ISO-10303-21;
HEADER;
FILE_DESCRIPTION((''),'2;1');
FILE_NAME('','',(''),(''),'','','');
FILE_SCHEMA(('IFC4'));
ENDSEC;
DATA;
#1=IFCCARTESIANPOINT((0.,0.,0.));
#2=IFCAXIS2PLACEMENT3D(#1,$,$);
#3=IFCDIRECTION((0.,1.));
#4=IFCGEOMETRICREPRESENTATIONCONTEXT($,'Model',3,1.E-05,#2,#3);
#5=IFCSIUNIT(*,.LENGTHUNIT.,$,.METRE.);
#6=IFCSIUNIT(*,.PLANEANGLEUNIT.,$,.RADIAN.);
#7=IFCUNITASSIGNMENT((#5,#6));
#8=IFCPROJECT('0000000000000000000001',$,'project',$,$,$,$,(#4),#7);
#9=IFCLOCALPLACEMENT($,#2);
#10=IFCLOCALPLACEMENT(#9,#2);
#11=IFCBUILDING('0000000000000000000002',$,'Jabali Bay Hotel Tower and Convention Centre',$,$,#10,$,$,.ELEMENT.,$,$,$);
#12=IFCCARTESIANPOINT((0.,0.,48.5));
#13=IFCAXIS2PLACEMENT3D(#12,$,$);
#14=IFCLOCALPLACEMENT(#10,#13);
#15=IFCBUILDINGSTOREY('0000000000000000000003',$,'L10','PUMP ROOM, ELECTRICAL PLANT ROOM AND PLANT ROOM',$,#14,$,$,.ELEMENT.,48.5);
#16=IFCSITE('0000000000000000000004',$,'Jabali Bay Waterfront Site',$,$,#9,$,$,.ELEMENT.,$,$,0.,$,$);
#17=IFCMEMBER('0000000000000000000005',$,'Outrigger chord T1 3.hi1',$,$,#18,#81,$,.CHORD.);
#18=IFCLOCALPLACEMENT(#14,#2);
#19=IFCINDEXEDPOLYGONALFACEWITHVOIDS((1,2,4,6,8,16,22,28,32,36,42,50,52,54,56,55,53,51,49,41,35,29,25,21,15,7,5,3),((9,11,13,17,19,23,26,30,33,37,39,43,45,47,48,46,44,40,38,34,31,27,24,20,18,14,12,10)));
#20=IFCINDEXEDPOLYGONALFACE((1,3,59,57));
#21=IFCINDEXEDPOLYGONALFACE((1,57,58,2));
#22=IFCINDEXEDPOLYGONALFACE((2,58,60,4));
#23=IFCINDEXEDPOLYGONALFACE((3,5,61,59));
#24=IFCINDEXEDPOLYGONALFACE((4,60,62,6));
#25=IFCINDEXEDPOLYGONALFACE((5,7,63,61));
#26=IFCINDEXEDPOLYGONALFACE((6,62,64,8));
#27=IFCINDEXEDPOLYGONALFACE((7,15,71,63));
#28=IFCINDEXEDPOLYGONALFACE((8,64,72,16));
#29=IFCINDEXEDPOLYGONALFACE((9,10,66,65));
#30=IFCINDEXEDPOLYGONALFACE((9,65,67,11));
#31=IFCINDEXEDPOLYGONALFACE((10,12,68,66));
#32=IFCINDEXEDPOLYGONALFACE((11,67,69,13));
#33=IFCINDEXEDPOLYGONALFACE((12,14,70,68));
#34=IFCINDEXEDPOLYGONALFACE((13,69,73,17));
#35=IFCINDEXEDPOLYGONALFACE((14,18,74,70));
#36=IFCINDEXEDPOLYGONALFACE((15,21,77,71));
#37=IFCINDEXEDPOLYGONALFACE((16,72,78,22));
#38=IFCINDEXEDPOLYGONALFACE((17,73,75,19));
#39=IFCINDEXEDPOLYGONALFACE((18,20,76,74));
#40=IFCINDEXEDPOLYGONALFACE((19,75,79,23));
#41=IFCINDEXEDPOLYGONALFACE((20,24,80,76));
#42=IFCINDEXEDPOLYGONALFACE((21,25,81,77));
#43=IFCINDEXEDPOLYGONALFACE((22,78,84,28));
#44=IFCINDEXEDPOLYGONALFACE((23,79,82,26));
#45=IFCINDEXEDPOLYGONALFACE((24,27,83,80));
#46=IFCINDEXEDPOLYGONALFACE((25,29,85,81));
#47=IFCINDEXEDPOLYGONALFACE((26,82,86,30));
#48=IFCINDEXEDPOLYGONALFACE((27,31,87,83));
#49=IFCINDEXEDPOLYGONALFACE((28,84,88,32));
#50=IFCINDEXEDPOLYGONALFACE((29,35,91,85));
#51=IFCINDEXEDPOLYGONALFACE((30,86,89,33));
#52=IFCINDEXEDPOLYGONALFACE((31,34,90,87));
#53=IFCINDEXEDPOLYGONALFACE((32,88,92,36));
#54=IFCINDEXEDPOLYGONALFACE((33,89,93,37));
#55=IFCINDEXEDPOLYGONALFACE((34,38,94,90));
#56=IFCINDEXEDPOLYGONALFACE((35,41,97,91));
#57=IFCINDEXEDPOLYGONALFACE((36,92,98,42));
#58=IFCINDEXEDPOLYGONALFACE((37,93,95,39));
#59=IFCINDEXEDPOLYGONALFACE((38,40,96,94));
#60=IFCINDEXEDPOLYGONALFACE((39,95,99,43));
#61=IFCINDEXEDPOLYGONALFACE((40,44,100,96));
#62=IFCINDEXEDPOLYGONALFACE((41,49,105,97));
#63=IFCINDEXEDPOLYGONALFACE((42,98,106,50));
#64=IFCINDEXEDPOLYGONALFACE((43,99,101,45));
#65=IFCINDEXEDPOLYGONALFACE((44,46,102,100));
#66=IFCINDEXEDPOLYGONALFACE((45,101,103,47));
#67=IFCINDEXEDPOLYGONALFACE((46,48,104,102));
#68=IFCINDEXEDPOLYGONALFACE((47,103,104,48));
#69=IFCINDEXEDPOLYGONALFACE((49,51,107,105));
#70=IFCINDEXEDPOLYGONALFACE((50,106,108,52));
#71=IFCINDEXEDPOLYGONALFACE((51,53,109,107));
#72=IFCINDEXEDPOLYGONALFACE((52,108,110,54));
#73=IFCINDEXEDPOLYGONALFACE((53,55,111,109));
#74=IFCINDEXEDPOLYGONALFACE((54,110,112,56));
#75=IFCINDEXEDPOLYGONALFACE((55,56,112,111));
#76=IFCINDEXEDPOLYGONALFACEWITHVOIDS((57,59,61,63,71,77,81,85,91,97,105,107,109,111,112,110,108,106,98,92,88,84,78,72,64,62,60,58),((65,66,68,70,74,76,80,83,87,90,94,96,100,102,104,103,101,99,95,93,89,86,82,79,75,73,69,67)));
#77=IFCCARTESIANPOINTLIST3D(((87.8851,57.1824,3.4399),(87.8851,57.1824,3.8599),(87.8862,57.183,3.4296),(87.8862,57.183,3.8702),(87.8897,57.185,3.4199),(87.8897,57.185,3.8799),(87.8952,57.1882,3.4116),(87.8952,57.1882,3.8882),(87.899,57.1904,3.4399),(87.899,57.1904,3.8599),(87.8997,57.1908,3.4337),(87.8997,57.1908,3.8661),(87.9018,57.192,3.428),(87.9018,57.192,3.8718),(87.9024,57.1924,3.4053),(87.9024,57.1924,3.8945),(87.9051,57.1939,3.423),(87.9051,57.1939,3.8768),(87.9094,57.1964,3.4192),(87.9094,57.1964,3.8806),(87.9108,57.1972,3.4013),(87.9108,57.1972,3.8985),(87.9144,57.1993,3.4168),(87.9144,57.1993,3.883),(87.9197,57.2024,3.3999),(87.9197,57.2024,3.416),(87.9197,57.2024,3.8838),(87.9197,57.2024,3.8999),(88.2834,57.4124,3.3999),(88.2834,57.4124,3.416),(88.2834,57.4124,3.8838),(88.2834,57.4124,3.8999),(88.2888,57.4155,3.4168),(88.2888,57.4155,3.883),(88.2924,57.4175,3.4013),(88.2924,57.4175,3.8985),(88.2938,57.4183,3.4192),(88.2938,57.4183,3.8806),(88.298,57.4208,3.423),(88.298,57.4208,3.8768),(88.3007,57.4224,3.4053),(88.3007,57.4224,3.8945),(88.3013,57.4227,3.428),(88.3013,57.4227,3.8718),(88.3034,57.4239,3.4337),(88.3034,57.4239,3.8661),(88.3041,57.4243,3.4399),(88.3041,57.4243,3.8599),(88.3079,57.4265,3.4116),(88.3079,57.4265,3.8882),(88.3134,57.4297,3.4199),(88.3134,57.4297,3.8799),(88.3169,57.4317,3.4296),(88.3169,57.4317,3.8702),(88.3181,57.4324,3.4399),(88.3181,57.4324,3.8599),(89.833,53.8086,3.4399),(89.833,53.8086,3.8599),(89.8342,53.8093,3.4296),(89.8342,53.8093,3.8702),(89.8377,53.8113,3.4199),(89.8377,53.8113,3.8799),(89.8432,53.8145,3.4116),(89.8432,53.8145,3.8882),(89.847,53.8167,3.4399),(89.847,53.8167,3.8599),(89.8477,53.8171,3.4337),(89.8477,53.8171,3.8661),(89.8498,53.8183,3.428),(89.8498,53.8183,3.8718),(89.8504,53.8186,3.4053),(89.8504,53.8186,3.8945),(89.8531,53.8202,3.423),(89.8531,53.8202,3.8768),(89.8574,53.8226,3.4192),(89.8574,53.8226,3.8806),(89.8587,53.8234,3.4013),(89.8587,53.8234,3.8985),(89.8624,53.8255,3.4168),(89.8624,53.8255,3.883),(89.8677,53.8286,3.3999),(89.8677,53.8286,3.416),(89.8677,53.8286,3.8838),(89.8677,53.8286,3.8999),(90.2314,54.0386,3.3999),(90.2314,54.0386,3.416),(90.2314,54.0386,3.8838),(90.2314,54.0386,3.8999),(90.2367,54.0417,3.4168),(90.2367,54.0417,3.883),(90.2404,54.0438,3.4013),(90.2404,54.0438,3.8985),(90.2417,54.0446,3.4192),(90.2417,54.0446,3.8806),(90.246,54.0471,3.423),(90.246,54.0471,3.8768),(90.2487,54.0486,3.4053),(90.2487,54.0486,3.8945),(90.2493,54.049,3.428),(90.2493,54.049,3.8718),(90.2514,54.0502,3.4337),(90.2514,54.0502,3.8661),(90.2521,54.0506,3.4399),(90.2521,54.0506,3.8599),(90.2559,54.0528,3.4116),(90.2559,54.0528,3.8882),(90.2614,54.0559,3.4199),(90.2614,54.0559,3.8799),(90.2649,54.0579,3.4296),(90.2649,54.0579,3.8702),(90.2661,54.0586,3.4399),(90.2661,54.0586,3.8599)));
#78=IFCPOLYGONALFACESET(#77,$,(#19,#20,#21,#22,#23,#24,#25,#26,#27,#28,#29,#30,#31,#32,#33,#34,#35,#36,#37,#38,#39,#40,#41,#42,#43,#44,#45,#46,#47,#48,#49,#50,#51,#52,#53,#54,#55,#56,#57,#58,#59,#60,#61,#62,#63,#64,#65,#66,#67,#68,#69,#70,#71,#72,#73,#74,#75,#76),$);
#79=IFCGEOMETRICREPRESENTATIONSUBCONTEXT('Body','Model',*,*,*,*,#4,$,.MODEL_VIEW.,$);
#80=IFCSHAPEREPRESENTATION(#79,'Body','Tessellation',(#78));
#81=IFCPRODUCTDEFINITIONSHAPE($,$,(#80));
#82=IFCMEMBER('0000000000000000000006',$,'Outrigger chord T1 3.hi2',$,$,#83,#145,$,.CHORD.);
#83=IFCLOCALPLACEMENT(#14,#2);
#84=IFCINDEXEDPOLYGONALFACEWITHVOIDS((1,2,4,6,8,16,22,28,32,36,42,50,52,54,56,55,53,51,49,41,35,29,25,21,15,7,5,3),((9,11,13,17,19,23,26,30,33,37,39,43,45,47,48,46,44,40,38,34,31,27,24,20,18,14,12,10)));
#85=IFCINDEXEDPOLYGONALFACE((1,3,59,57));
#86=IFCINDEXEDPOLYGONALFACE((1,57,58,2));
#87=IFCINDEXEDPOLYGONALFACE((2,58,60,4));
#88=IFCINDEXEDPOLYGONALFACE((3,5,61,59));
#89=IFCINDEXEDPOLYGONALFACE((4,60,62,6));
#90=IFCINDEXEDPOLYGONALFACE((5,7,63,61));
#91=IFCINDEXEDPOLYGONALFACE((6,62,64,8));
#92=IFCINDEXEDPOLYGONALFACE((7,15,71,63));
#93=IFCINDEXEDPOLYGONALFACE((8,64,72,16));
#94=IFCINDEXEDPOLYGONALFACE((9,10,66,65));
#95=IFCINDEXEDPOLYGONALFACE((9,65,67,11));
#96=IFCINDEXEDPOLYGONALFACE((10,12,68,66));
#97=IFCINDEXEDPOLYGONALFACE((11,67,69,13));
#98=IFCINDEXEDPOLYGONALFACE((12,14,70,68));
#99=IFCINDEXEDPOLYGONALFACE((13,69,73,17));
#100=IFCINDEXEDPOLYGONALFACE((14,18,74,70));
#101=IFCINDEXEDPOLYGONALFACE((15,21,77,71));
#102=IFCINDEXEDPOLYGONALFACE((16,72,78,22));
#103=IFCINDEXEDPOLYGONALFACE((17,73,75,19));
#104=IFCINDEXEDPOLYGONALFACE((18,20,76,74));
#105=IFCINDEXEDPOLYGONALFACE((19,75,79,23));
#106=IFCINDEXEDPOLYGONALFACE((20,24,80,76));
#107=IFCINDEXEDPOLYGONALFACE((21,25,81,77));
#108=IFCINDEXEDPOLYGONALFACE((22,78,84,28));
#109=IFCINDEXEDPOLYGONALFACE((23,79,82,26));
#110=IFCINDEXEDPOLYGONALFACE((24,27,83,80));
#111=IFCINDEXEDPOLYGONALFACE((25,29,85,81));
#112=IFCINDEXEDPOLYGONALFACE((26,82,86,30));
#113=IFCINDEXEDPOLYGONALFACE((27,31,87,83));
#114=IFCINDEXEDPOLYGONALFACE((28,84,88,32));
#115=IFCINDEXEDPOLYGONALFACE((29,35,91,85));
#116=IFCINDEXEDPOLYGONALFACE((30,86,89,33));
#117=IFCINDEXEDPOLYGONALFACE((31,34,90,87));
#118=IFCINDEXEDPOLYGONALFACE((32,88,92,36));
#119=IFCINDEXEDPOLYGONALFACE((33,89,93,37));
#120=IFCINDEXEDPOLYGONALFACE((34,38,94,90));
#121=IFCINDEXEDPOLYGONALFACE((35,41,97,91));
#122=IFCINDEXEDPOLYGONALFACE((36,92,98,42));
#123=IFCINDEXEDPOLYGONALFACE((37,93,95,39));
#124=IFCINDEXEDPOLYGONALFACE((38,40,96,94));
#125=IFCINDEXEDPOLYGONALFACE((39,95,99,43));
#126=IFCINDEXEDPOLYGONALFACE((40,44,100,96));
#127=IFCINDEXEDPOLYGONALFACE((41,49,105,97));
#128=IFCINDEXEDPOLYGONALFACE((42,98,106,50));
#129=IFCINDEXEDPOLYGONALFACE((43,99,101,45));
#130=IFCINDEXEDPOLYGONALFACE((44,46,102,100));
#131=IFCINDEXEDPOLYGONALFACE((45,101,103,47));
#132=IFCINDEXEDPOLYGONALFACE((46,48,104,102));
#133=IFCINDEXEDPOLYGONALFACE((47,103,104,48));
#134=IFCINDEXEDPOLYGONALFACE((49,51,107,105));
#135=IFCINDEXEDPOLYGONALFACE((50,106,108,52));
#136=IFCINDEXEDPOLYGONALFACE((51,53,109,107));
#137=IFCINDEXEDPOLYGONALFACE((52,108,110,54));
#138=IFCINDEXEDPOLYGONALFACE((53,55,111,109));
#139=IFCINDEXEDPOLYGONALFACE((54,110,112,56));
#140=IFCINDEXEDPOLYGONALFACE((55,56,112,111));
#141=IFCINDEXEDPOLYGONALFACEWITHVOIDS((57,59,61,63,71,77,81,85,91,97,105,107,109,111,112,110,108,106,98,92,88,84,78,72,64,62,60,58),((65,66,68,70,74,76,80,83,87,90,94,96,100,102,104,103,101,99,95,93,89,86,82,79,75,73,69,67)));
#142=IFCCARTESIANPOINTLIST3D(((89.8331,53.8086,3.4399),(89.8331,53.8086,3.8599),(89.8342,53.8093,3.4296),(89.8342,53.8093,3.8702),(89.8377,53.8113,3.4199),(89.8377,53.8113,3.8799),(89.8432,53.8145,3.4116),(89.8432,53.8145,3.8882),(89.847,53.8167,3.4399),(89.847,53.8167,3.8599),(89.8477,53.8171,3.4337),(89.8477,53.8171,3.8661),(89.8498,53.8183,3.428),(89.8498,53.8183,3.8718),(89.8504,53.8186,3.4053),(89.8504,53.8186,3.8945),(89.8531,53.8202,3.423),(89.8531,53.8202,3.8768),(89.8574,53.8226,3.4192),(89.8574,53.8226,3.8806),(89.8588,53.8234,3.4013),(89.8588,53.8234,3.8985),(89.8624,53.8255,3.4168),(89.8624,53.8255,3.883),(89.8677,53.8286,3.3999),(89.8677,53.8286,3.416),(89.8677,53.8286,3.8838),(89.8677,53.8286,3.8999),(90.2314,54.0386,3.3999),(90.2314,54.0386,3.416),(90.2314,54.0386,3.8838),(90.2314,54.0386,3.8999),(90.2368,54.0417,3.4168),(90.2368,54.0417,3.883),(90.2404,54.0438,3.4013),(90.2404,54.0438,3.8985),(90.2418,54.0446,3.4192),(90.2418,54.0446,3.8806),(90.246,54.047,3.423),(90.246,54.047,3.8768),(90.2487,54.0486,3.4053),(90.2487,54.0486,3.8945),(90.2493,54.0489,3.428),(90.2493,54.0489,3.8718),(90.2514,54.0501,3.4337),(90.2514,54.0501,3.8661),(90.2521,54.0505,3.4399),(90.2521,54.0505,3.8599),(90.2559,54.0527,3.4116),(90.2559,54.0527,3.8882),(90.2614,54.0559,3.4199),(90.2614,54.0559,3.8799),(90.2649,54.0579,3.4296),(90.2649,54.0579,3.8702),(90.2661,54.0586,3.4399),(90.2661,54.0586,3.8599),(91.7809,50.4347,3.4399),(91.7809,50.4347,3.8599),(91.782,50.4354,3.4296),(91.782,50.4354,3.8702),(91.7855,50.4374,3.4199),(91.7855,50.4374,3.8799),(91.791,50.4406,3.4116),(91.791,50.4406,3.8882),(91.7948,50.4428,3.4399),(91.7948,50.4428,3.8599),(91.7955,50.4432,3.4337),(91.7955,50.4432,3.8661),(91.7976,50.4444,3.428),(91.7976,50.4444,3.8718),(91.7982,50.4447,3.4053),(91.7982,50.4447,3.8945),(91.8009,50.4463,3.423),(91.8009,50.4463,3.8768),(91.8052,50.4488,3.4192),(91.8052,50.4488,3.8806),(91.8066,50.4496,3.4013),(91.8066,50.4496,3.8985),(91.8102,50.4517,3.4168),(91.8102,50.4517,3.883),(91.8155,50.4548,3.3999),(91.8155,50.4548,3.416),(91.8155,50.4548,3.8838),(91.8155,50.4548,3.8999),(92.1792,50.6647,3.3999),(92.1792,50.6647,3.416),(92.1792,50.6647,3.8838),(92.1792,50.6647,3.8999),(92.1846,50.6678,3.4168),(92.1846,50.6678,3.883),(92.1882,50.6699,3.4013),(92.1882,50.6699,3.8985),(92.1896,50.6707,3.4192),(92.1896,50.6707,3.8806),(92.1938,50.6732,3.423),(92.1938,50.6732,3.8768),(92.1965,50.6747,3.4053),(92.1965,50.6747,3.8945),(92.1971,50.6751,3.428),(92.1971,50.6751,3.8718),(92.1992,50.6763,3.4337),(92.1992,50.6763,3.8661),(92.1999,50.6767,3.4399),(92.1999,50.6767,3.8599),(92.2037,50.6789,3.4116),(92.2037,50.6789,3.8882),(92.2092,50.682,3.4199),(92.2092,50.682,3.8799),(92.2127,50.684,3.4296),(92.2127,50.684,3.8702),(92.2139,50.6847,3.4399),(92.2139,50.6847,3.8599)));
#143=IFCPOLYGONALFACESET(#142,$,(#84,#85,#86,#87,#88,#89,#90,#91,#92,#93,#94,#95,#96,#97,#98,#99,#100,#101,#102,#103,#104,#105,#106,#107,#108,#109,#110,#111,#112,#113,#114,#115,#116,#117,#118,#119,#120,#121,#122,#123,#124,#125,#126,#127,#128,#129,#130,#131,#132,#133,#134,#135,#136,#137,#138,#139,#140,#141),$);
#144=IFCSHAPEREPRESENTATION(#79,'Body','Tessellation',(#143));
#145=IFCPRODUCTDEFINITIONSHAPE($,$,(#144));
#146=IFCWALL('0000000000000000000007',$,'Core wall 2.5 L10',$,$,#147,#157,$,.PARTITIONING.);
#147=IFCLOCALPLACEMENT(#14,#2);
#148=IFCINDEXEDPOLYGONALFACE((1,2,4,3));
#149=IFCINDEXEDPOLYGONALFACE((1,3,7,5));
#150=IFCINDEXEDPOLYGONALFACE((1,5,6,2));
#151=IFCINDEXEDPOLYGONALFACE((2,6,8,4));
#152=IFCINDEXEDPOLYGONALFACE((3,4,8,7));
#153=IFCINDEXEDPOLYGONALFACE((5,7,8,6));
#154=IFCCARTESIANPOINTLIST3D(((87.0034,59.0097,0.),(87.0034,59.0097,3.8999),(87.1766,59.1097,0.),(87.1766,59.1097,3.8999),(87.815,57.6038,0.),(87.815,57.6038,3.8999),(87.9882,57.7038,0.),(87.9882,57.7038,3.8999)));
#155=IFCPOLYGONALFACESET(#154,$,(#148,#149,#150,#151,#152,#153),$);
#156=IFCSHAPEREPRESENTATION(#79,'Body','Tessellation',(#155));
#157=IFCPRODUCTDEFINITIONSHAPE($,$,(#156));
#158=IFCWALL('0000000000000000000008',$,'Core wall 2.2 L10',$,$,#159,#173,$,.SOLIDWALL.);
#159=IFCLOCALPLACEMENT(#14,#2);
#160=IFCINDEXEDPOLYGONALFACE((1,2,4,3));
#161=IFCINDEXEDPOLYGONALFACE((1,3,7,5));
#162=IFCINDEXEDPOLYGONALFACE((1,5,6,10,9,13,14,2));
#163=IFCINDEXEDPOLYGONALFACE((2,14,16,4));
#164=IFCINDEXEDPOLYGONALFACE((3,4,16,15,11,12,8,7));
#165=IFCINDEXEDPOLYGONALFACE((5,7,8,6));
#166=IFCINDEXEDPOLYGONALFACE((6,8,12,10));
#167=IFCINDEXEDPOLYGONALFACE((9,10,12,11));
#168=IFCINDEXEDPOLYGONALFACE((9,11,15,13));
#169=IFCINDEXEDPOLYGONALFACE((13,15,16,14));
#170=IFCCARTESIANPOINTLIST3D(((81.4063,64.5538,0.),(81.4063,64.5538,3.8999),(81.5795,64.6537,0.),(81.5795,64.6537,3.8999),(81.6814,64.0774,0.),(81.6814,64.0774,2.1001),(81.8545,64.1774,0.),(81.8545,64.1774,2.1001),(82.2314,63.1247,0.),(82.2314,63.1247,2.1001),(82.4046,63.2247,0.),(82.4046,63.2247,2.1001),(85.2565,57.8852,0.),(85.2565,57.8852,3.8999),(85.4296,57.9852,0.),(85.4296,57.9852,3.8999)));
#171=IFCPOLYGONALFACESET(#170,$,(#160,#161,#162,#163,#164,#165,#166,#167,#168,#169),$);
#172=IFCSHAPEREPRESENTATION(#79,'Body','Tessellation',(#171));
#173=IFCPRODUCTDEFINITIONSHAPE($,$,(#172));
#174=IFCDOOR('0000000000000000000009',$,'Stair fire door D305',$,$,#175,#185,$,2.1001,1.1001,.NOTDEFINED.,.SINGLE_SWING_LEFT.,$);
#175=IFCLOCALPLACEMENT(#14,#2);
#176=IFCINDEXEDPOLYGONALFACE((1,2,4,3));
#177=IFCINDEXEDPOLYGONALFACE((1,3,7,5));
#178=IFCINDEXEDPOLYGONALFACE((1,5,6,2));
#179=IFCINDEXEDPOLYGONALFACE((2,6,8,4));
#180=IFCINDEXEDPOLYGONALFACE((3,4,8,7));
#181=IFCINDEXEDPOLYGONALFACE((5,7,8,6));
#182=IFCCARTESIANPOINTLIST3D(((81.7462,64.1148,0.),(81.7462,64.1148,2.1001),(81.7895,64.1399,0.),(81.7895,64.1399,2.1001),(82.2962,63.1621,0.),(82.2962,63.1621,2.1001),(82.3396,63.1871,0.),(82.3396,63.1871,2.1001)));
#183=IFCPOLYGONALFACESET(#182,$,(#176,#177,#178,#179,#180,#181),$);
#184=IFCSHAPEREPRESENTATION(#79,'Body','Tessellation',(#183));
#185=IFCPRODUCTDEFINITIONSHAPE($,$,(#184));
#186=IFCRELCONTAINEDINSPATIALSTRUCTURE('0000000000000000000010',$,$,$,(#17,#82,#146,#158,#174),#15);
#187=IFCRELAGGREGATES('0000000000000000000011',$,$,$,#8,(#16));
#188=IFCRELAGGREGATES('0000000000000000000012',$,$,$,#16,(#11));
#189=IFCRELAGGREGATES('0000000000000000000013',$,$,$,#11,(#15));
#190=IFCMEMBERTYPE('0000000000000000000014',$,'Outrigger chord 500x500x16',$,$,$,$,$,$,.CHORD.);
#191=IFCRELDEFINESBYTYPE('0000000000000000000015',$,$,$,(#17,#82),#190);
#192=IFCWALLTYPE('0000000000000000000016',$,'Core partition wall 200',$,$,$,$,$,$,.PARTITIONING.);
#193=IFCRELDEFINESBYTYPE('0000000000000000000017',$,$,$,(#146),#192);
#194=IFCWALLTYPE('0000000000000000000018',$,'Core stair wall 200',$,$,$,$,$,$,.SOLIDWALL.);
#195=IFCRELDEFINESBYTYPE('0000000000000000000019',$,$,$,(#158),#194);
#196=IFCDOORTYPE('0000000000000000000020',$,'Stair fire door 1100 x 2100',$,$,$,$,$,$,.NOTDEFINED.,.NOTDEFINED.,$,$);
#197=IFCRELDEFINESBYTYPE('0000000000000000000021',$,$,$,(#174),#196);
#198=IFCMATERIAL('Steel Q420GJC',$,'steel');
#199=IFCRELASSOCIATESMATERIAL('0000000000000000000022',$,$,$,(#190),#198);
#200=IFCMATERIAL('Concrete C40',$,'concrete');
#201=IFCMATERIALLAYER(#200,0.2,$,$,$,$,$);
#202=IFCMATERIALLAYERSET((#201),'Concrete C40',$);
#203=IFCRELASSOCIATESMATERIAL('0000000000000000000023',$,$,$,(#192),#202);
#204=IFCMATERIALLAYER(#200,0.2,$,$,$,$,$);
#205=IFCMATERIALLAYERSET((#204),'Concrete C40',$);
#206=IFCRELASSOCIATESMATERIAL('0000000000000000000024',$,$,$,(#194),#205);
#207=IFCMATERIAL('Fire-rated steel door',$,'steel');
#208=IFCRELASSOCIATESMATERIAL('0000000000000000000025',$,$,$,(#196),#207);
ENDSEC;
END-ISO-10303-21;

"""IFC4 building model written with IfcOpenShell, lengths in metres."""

from ifc_helpers import new_model, si_unit, direction, frame, frame_2d, origin, origin_2d, place, context, subcontext, project, spatial, rectangle, hollow_rectangle, extrude, material, layer, layer_set, material_profile, profile_set, type_object, element, fill, save


model = new_model("IFC4")

# Units and contexts
model_context = context("Model", 3, precision=1e-05, world=origin(), true_north=direction((0.0, 1.0)))
body_context = subcontext(model_context, "Body", "Model", "MODEL_VIEW")
ifc_project = project(units=[si_unit("LENGTHUNIT", "METRE"), si_unit("PLANEANGLEUNIT", "RADIAN")], contexts=[model_context])

# Site, building, storey
site_placement = place(None, origin())
site = spatial("IfcSite", under=ifc_project, at=site_placement, Name="Jabali Bay Waterfront Site", CompositionType="ELEMENT", RefElevation=0.0)
building_placement = place(site_placement, origin())
building = spatial("IfcBuilding", under=site, at=building_placement, Name="Jabali Bay Hotel Tower and Convention Centre", CompositionType="ELEMENT")
storey_placement = place(building_placement, frame((0.0, 0.0, 48.5)))
storey = spatial("IfcBuildingStorey", under=building, at=storey_placement, Name="L10", Description="PUMP ROOM, ELECTRICAL PLANT ROOM AND PLANT ROOM", CompositionType="ELEMENT", Elevation=48.5)

# Members
ifc_material_1 = material(Name="Steel Q420GJC", Category="steel")
ifc_material_profile_1 = material_profile(ifc_material_1, hollow_rectangle(XDim=0.5, YDim=0.5, WallThickness=0.0161, InnerFilletRadius=0.0239, OuterFilletRadius=0.04, at=origin_2d()), Name="Outrigger chord 500x500x16")
ifc_profile_set_1 = profile_set([ifc_material_profile_1], Name="Steel Q420GJC")
member_type_1 = type_object("IfcMemberType", Name="Outrigger chord 500x500x16", PredefinedType="CHORD", material=ifc_profile_set_1)
for number, where, z_axis, x_axis, name in (
    (1, (88.1016, 57.3074, 3.6499), (0.500028, -0.866009, 0.0), (0.866009, 0.500028, 0.0), "Outrigger chord T1 3.hi1"),
    (2, (90.0496, 53.9336, 3.6499), (0.499981, -0.866036, 0.0), (0.866036, 0.499981, 0.0), "Outrigger chord T1 3.hi2"),
):
    element("IfcMember", number, at=place(storey_placement, frame(where, z_axis=z_axis, x_axis=x_axis)), inside=storey, type_object=member_type_1, Name=name, PredefinedType="CHORD", context=body_context, shape_type="SweptSolid", body=[
        extrude(hollow_rectangle(XDim=0.5, YDim=0.5, WallThickness=0.0161, InnerFilletRadius=0.0239, OuterFilletRadius=0.04, at=origin_2d()), origin(), (0.0, 0.0, 1.0), 3.8958),
    ])

# Wall
ifc_material_2 = material(Name="Concrete C40", Category="concrete")
ifc_layer_1 = layer(ifc_material_2, 0.2)
ifc_layer_set_1 = layer_set([ifc_layer_1], Name="Concrete C40")
wall_type_1 = type_object("IfcWallType", Name="Core partition wall 200", PredefinedType="PARTITIONING", material=ifc_layer_set_1)
wall_1_placement = place(storey_placement, frame((87.0901, 59.0596, 0.0), z_axis=(0.0, 0.0, 1.0), x_axis=(0.499957, -0.86605, 0.0)))
element("IfcWall", 3, at=wall_1_placement, inside=storey, type_object=wall_type_1, Name="Core wall 2.5 L10", PredefinedType="PARTITIONING", context=body_context, shape_type="SweptSolid", body=[
    extrude(rectangle(XDim=1.6233, YDim=0.2, at=frame_2d((0.8115, 0.0))), origin(), (0.0, 0.0, 1.0), 3.8999),
])

# Wall, opening, door
ifc_layer_2 = layer(ifc_material_2, 0.2)
ifc_layer_set_2 = layer_set([ifc_layer_2], Name="Concrete C40")
wall_type_2 = type_object("IfcWallType", Name="Core stair wall 200", PredefinedType="SOLIDWALL", material=ifc_layer_set_2)
wall_2_placement = place(storey_placement, frame((81.4929, 64.6038, 0.0), z_axis=(0.0, 0.0, 1.0), x_axis=(0.500006, -0.866022, 0.0)))
wall_2 = element("IfcWall", 4, at=wall_2_placement, inside=storey, type_object=wall_type_2, Name="Core wall 2.2 L10", PredefinedType="SOLIDWALL", context=body_context, shape_type="SweptSolid", body=[
    extrude(rectangle(XDim=7.7002, YDim=0.2, at=frame_2d((3.8501, 0.0))), origin(), (0.0, 0.0, 1.0), 3.8999),
])
opening_placement = place(wall_2_placement, frame((0.55, 0.0, 0.0)))
opening = element("IfcOpeningElement", 5, at=opening_placement, cuts=wall_2, PredefinedType="OPENING", context=body_context, shape_type="SweptSolid", body=[
    extrude(rectangle(XDim=1.1001, YDim=2.1001, at=frame_2d((0.55, 1.05))), frame((0.0, 0.1104, 0.0), z_axis=(0.0, -1.0, 0.0), x_axis=(1.0, 0.0, 0.0)), (0.0, 0.0, 1.0), 0.2209),
])
ifc_material_3 = material(Name="Fire-rated steel door", Category="steel")
door_type = type_object("IfcDoorType", Name="Stair fire door 1100 x 2100", OperationType="NOTDEFINED", PredefinedType="NOTDEFINED", material=ifc_material_3)
door_placement = place(opening_placement, origin())
door = element("IfcDoor", 6, at=door_placement, inside=storey, type_object=door_type, Name="Stair fire door D305", OperationType="SINGLE_SWING_LEFT", OverallHeight=2.1001, OverallWidth=1.1001, PredefinedType="NOTDEFINED", context=body_context, shape_type="SweptSolid", body=[
    extrude(rectangle(XDim=1.1001, YDim=2.1001, at=frame_2d((0.55, 1.05))), frame((0.0, 0.0249, 0.0), z_axis=(0.0, -1.0, 0.0), x_axis=(1.0, 0.0, 0.0)), (0.0, 0.0, 1.0), 0.05),
])
fill(opening, door)

save(model, "model.ifc")
